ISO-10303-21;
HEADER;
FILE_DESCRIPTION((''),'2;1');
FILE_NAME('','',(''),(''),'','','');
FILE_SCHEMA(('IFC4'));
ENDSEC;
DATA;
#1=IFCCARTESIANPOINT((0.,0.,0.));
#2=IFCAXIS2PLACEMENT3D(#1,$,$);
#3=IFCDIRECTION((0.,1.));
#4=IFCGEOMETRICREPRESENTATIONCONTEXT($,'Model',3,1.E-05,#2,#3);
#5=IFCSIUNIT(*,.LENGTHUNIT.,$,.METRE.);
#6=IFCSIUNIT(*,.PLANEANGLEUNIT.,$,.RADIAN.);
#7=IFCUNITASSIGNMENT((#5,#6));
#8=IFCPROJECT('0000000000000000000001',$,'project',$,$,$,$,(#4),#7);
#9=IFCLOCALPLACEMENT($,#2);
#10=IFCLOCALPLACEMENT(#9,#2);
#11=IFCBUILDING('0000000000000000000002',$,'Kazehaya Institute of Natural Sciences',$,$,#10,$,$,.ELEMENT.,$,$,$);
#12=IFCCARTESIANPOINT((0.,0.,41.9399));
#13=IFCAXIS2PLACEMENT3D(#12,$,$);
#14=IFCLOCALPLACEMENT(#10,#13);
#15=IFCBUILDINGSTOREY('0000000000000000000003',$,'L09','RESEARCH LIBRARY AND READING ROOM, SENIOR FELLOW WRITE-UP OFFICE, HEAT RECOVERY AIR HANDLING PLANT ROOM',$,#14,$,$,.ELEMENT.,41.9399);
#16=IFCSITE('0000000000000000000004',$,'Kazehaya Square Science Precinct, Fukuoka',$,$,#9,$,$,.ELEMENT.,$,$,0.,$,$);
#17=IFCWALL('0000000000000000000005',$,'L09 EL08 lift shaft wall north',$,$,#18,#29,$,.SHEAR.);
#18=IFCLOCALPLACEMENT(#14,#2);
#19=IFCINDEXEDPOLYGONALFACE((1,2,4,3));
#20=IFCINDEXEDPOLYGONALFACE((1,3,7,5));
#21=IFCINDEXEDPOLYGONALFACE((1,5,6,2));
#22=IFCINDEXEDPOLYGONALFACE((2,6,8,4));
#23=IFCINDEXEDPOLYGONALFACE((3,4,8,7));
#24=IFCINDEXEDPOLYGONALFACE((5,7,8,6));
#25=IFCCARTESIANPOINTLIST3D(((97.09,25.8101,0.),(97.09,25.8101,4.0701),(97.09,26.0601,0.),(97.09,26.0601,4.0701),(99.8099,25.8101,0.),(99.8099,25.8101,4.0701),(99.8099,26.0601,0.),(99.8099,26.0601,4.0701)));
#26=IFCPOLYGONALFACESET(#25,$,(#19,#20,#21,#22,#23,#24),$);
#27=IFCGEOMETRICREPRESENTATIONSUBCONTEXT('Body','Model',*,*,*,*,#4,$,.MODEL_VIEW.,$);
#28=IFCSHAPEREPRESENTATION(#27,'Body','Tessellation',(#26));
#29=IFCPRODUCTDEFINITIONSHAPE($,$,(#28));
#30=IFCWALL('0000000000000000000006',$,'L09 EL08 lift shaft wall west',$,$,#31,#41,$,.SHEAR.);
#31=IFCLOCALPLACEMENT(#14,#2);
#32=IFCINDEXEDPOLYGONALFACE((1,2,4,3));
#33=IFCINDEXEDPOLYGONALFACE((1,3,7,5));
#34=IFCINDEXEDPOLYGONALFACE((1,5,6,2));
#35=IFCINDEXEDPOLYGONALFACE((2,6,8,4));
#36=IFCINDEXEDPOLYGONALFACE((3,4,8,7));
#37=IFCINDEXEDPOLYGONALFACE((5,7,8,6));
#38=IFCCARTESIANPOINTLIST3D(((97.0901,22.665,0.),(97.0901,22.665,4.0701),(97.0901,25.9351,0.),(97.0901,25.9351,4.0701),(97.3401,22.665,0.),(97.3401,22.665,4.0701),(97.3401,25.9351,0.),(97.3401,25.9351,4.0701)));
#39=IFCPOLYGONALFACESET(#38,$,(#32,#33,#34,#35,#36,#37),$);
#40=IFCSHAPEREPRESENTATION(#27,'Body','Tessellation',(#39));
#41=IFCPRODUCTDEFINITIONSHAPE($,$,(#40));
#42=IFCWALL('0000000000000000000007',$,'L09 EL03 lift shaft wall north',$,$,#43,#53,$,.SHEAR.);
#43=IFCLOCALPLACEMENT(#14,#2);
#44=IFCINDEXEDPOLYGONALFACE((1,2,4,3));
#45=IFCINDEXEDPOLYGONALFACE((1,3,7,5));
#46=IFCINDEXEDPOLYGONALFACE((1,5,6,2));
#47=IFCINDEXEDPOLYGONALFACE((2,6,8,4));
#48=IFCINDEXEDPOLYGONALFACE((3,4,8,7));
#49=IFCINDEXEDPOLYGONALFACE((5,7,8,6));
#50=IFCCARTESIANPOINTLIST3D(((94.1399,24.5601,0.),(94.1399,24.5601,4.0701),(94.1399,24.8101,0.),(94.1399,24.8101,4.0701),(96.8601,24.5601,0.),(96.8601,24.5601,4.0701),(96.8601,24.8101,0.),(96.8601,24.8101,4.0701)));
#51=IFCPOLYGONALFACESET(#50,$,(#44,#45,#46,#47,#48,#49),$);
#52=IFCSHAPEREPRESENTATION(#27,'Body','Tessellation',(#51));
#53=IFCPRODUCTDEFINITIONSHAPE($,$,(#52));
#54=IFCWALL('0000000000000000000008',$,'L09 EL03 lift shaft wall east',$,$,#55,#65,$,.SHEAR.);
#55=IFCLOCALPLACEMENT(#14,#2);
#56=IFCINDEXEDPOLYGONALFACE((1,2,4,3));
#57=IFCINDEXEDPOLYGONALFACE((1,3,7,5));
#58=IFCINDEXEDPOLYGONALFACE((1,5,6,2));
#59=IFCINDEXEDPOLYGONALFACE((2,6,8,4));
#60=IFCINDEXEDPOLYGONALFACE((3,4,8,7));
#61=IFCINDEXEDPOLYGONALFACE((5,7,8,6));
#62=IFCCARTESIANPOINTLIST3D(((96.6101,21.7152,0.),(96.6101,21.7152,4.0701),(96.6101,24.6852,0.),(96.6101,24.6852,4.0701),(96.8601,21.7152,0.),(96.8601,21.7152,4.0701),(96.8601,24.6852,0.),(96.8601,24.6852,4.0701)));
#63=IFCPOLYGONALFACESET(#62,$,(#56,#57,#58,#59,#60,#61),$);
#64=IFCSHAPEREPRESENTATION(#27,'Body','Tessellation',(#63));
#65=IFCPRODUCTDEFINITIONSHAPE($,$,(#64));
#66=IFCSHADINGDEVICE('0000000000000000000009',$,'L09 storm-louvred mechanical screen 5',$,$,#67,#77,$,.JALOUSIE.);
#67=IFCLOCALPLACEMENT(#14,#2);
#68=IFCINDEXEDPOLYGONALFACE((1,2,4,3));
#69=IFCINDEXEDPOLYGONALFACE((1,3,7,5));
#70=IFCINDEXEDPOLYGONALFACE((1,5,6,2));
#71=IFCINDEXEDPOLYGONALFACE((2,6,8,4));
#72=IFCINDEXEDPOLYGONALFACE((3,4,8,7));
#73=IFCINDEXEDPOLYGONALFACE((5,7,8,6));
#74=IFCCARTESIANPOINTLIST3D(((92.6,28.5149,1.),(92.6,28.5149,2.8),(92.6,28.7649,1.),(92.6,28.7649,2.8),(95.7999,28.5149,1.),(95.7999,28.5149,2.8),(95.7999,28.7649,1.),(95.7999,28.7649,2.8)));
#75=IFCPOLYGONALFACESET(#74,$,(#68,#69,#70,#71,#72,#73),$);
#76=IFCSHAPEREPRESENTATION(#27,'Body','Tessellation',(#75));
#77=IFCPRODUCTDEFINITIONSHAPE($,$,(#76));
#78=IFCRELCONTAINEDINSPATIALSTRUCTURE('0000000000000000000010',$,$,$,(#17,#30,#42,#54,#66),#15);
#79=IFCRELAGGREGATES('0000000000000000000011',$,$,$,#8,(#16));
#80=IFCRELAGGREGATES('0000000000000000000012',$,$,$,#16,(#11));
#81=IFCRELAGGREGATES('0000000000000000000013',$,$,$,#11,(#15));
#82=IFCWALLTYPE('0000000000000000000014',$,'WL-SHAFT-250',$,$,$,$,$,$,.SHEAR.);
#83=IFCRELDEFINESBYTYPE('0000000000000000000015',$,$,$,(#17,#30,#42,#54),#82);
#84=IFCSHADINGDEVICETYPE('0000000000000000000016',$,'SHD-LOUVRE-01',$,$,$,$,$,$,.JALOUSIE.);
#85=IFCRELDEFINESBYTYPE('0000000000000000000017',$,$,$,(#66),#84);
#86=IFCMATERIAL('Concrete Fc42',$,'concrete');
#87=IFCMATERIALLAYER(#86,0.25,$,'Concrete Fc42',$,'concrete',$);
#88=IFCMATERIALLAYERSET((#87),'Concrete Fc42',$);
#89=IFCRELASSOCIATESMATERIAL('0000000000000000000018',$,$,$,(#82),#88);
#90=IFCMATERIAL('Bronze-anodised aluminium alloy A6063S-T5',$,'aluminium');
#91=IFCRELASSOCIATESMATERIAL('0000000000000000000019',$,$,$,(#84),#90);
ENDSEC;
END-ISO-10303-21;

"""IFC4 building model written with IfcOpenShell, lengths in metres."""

from ifc_helpers import new_model, si_unit, direction, frame, frame_2d, origin, origin_2d, place, context, subcontext, project, spatial, rectangle, extrude, material, layer, layer_set, type_object, element, save


model = new_model("IFC4")

# Units and contexts
model_context = context("Model", 3, precision=1e-05, world=origin(), true_north=direction((0.0, 1.0)))
body_context = subcontext(model_context, "Body", "Model", "MODEL_VIEW")
ifc_project = project(units=[si_unit("LENGTHUNIT", "METRE"), si_unit("PLANEANGLEUNIT", "RADIAN")], contexts=[model_context])

# Site, building, storey
site_placement = place(None, origin())
site = spatial("IfcSite", under=ifc_project, at=site_placement, Name="Kazehaya Square Science Precinct, Fukuoka", CompositionType="ELEMENT", RefElevation=0.0)
building_placement = place(site_placement, origin())
building = spatial("IfcBuilding", under=site, at=building_placement, Name="Kazehaya Institute of Natural Sciences", CompositionType="ELEMENT")
storey_placement = place(building_placement, frame((0.0, 0.0, 41.9399)))
storey = spatial("IfcBuildingStorey", under=building, at=storey_placement, Name="L09", Description="RESEARCH LIBRARY AND READING ROOM, SENIOR FELLOW WRITE-UP OFFICE, HEAT RECOVERY AIR HANDLING PLANT ROOM", CompositionType="ELEMENT", Elevation=41.9399)

# Walls
ifc_material_1 = material(Name="Concrete Fc42", Category="concrete")
ifc_layer_1 = layer(ifc_material_1, 0.25, Name="Concrete Fc42", Category="concrete")
ifc_layer_set_1 = layer_set([ifc_layer_1], Name="Concrete Fc42")
wall_type_1 = type_object("IfcWallType", Name="WL-SHAFT-250", PredefinedType="SHEAR", material=ifc_layer_set_1)
wall_1_placement = place(storey_placement, frame((97.0901, 25.9351, 0.0), z_axis=(0.0, 0.0, 1.0), x_axis=(1.0, 0.0, 0.0)))
element("IfcWall", 1, at=wall_1_placement, inside=storey, type_object=wall_type_1, Name="L09 EL08 lift shaft wall north", PredefinedType="SHEAR", context=body_context, shape_type="SweptSolid", body=[
    extrude(rectangle(XDim=2.72, YDim=0.25, at=frame_2d((1.3599, 0.0))), origin(), (0.0, 0.0, 1.0), 4.0701),
])
wall_2_placement = place(storey_placement, frame((97.2151, 22.665, 0.0), z_axis=(0.0, 0.0, 1.0), x_axis=(0.0, 1.0, 0.0)))
element("IfcWall", 2, at=wall_2_placement, inside=storey, type_object=wall_type_1, Name="L09 EL08 lift shaft wall west", PredefinedType="SHEAR", context=body_context, shape_type="SweptSolid", body=[
    extrude(rectangle(XDim=3.27, YDim=0.25, at=frame_2d((1.635, 0.0))), origin(), (0.0, 0.0, 1.0), 4.0701),
])
wall_3_placement = place(storey_placement, frame((94.1399, 24.6851, 0.0), z_axis=(0.0, 0.0, 1.0), x_axis=(1.0, 0.0, 0.0)))
element("IfcWall", 3, at=wall_3_placement, inside=storey, type_object=wall_type_1, Name="L09 EL03 lift shaft wall north", PredefinedType="SHEAR", context=body_context, shape_type="SweptSolid", body=[
    extrude(rectangle(XDim=2.7202, YDim=0.25, at=frame_2d((1.3601, 0.0))), origin(), (0.0, 0.0, 1.0), 4.0701),
])
wall_4_placement = place(storey_placement, frame((96.7351, 24.6851, 0.0), z_axis=(0.0, 0.0, 1.0), x_axis=(0.0, -1.0, 0.0)))
element("IfcWall", 4, at=wall_4_placement, inside=storey, type_object=wall_type_1, Name="L09 EL03 lift shaft wall east", PredefinedType="SHEAR", context=body_context, shape_type="SweptSolid", body=[
    extrude(rectangle(XDim=2.97, YDim=0.25, at=frame_2d((1.4849, 0.0))), origin(), (0.0, 0.0, 1.0), 4.0701),
])

# Shading device
ifc_material_2 = material(Name="Bronze-anodised aluminium alloy A6063S-T5", Category="aluminium")
shading_device_type = type_object("IfcShadingDeviceType", Name="SHD-LOUVRE-01", PredefinedType="JALOUSIE", material=ifc_material_2)
shading_device_placement = place(storey_placement, frame((94.2, 28.6399, 1.0), z_axis=(0.0, 0.0, 1.0), x_axis=(1.0, 0.0, 0.0)))
element("IfcShadingDevice", 5, at=shading_device_placement, inside=storey, type_object=shading_device_type, Name="L09 storm-louvred mechanical screen 5", PredefinedType="JALOUSIE", context=body_context, shape_type="SweptSolid", body=[
    extrude(rectangle(XDim=3.2, YDim=0.25, at=origin_2d()), origin(), (0.0, 0.0, 1.0), 1.8),
])

save(model, "model.ifc")
